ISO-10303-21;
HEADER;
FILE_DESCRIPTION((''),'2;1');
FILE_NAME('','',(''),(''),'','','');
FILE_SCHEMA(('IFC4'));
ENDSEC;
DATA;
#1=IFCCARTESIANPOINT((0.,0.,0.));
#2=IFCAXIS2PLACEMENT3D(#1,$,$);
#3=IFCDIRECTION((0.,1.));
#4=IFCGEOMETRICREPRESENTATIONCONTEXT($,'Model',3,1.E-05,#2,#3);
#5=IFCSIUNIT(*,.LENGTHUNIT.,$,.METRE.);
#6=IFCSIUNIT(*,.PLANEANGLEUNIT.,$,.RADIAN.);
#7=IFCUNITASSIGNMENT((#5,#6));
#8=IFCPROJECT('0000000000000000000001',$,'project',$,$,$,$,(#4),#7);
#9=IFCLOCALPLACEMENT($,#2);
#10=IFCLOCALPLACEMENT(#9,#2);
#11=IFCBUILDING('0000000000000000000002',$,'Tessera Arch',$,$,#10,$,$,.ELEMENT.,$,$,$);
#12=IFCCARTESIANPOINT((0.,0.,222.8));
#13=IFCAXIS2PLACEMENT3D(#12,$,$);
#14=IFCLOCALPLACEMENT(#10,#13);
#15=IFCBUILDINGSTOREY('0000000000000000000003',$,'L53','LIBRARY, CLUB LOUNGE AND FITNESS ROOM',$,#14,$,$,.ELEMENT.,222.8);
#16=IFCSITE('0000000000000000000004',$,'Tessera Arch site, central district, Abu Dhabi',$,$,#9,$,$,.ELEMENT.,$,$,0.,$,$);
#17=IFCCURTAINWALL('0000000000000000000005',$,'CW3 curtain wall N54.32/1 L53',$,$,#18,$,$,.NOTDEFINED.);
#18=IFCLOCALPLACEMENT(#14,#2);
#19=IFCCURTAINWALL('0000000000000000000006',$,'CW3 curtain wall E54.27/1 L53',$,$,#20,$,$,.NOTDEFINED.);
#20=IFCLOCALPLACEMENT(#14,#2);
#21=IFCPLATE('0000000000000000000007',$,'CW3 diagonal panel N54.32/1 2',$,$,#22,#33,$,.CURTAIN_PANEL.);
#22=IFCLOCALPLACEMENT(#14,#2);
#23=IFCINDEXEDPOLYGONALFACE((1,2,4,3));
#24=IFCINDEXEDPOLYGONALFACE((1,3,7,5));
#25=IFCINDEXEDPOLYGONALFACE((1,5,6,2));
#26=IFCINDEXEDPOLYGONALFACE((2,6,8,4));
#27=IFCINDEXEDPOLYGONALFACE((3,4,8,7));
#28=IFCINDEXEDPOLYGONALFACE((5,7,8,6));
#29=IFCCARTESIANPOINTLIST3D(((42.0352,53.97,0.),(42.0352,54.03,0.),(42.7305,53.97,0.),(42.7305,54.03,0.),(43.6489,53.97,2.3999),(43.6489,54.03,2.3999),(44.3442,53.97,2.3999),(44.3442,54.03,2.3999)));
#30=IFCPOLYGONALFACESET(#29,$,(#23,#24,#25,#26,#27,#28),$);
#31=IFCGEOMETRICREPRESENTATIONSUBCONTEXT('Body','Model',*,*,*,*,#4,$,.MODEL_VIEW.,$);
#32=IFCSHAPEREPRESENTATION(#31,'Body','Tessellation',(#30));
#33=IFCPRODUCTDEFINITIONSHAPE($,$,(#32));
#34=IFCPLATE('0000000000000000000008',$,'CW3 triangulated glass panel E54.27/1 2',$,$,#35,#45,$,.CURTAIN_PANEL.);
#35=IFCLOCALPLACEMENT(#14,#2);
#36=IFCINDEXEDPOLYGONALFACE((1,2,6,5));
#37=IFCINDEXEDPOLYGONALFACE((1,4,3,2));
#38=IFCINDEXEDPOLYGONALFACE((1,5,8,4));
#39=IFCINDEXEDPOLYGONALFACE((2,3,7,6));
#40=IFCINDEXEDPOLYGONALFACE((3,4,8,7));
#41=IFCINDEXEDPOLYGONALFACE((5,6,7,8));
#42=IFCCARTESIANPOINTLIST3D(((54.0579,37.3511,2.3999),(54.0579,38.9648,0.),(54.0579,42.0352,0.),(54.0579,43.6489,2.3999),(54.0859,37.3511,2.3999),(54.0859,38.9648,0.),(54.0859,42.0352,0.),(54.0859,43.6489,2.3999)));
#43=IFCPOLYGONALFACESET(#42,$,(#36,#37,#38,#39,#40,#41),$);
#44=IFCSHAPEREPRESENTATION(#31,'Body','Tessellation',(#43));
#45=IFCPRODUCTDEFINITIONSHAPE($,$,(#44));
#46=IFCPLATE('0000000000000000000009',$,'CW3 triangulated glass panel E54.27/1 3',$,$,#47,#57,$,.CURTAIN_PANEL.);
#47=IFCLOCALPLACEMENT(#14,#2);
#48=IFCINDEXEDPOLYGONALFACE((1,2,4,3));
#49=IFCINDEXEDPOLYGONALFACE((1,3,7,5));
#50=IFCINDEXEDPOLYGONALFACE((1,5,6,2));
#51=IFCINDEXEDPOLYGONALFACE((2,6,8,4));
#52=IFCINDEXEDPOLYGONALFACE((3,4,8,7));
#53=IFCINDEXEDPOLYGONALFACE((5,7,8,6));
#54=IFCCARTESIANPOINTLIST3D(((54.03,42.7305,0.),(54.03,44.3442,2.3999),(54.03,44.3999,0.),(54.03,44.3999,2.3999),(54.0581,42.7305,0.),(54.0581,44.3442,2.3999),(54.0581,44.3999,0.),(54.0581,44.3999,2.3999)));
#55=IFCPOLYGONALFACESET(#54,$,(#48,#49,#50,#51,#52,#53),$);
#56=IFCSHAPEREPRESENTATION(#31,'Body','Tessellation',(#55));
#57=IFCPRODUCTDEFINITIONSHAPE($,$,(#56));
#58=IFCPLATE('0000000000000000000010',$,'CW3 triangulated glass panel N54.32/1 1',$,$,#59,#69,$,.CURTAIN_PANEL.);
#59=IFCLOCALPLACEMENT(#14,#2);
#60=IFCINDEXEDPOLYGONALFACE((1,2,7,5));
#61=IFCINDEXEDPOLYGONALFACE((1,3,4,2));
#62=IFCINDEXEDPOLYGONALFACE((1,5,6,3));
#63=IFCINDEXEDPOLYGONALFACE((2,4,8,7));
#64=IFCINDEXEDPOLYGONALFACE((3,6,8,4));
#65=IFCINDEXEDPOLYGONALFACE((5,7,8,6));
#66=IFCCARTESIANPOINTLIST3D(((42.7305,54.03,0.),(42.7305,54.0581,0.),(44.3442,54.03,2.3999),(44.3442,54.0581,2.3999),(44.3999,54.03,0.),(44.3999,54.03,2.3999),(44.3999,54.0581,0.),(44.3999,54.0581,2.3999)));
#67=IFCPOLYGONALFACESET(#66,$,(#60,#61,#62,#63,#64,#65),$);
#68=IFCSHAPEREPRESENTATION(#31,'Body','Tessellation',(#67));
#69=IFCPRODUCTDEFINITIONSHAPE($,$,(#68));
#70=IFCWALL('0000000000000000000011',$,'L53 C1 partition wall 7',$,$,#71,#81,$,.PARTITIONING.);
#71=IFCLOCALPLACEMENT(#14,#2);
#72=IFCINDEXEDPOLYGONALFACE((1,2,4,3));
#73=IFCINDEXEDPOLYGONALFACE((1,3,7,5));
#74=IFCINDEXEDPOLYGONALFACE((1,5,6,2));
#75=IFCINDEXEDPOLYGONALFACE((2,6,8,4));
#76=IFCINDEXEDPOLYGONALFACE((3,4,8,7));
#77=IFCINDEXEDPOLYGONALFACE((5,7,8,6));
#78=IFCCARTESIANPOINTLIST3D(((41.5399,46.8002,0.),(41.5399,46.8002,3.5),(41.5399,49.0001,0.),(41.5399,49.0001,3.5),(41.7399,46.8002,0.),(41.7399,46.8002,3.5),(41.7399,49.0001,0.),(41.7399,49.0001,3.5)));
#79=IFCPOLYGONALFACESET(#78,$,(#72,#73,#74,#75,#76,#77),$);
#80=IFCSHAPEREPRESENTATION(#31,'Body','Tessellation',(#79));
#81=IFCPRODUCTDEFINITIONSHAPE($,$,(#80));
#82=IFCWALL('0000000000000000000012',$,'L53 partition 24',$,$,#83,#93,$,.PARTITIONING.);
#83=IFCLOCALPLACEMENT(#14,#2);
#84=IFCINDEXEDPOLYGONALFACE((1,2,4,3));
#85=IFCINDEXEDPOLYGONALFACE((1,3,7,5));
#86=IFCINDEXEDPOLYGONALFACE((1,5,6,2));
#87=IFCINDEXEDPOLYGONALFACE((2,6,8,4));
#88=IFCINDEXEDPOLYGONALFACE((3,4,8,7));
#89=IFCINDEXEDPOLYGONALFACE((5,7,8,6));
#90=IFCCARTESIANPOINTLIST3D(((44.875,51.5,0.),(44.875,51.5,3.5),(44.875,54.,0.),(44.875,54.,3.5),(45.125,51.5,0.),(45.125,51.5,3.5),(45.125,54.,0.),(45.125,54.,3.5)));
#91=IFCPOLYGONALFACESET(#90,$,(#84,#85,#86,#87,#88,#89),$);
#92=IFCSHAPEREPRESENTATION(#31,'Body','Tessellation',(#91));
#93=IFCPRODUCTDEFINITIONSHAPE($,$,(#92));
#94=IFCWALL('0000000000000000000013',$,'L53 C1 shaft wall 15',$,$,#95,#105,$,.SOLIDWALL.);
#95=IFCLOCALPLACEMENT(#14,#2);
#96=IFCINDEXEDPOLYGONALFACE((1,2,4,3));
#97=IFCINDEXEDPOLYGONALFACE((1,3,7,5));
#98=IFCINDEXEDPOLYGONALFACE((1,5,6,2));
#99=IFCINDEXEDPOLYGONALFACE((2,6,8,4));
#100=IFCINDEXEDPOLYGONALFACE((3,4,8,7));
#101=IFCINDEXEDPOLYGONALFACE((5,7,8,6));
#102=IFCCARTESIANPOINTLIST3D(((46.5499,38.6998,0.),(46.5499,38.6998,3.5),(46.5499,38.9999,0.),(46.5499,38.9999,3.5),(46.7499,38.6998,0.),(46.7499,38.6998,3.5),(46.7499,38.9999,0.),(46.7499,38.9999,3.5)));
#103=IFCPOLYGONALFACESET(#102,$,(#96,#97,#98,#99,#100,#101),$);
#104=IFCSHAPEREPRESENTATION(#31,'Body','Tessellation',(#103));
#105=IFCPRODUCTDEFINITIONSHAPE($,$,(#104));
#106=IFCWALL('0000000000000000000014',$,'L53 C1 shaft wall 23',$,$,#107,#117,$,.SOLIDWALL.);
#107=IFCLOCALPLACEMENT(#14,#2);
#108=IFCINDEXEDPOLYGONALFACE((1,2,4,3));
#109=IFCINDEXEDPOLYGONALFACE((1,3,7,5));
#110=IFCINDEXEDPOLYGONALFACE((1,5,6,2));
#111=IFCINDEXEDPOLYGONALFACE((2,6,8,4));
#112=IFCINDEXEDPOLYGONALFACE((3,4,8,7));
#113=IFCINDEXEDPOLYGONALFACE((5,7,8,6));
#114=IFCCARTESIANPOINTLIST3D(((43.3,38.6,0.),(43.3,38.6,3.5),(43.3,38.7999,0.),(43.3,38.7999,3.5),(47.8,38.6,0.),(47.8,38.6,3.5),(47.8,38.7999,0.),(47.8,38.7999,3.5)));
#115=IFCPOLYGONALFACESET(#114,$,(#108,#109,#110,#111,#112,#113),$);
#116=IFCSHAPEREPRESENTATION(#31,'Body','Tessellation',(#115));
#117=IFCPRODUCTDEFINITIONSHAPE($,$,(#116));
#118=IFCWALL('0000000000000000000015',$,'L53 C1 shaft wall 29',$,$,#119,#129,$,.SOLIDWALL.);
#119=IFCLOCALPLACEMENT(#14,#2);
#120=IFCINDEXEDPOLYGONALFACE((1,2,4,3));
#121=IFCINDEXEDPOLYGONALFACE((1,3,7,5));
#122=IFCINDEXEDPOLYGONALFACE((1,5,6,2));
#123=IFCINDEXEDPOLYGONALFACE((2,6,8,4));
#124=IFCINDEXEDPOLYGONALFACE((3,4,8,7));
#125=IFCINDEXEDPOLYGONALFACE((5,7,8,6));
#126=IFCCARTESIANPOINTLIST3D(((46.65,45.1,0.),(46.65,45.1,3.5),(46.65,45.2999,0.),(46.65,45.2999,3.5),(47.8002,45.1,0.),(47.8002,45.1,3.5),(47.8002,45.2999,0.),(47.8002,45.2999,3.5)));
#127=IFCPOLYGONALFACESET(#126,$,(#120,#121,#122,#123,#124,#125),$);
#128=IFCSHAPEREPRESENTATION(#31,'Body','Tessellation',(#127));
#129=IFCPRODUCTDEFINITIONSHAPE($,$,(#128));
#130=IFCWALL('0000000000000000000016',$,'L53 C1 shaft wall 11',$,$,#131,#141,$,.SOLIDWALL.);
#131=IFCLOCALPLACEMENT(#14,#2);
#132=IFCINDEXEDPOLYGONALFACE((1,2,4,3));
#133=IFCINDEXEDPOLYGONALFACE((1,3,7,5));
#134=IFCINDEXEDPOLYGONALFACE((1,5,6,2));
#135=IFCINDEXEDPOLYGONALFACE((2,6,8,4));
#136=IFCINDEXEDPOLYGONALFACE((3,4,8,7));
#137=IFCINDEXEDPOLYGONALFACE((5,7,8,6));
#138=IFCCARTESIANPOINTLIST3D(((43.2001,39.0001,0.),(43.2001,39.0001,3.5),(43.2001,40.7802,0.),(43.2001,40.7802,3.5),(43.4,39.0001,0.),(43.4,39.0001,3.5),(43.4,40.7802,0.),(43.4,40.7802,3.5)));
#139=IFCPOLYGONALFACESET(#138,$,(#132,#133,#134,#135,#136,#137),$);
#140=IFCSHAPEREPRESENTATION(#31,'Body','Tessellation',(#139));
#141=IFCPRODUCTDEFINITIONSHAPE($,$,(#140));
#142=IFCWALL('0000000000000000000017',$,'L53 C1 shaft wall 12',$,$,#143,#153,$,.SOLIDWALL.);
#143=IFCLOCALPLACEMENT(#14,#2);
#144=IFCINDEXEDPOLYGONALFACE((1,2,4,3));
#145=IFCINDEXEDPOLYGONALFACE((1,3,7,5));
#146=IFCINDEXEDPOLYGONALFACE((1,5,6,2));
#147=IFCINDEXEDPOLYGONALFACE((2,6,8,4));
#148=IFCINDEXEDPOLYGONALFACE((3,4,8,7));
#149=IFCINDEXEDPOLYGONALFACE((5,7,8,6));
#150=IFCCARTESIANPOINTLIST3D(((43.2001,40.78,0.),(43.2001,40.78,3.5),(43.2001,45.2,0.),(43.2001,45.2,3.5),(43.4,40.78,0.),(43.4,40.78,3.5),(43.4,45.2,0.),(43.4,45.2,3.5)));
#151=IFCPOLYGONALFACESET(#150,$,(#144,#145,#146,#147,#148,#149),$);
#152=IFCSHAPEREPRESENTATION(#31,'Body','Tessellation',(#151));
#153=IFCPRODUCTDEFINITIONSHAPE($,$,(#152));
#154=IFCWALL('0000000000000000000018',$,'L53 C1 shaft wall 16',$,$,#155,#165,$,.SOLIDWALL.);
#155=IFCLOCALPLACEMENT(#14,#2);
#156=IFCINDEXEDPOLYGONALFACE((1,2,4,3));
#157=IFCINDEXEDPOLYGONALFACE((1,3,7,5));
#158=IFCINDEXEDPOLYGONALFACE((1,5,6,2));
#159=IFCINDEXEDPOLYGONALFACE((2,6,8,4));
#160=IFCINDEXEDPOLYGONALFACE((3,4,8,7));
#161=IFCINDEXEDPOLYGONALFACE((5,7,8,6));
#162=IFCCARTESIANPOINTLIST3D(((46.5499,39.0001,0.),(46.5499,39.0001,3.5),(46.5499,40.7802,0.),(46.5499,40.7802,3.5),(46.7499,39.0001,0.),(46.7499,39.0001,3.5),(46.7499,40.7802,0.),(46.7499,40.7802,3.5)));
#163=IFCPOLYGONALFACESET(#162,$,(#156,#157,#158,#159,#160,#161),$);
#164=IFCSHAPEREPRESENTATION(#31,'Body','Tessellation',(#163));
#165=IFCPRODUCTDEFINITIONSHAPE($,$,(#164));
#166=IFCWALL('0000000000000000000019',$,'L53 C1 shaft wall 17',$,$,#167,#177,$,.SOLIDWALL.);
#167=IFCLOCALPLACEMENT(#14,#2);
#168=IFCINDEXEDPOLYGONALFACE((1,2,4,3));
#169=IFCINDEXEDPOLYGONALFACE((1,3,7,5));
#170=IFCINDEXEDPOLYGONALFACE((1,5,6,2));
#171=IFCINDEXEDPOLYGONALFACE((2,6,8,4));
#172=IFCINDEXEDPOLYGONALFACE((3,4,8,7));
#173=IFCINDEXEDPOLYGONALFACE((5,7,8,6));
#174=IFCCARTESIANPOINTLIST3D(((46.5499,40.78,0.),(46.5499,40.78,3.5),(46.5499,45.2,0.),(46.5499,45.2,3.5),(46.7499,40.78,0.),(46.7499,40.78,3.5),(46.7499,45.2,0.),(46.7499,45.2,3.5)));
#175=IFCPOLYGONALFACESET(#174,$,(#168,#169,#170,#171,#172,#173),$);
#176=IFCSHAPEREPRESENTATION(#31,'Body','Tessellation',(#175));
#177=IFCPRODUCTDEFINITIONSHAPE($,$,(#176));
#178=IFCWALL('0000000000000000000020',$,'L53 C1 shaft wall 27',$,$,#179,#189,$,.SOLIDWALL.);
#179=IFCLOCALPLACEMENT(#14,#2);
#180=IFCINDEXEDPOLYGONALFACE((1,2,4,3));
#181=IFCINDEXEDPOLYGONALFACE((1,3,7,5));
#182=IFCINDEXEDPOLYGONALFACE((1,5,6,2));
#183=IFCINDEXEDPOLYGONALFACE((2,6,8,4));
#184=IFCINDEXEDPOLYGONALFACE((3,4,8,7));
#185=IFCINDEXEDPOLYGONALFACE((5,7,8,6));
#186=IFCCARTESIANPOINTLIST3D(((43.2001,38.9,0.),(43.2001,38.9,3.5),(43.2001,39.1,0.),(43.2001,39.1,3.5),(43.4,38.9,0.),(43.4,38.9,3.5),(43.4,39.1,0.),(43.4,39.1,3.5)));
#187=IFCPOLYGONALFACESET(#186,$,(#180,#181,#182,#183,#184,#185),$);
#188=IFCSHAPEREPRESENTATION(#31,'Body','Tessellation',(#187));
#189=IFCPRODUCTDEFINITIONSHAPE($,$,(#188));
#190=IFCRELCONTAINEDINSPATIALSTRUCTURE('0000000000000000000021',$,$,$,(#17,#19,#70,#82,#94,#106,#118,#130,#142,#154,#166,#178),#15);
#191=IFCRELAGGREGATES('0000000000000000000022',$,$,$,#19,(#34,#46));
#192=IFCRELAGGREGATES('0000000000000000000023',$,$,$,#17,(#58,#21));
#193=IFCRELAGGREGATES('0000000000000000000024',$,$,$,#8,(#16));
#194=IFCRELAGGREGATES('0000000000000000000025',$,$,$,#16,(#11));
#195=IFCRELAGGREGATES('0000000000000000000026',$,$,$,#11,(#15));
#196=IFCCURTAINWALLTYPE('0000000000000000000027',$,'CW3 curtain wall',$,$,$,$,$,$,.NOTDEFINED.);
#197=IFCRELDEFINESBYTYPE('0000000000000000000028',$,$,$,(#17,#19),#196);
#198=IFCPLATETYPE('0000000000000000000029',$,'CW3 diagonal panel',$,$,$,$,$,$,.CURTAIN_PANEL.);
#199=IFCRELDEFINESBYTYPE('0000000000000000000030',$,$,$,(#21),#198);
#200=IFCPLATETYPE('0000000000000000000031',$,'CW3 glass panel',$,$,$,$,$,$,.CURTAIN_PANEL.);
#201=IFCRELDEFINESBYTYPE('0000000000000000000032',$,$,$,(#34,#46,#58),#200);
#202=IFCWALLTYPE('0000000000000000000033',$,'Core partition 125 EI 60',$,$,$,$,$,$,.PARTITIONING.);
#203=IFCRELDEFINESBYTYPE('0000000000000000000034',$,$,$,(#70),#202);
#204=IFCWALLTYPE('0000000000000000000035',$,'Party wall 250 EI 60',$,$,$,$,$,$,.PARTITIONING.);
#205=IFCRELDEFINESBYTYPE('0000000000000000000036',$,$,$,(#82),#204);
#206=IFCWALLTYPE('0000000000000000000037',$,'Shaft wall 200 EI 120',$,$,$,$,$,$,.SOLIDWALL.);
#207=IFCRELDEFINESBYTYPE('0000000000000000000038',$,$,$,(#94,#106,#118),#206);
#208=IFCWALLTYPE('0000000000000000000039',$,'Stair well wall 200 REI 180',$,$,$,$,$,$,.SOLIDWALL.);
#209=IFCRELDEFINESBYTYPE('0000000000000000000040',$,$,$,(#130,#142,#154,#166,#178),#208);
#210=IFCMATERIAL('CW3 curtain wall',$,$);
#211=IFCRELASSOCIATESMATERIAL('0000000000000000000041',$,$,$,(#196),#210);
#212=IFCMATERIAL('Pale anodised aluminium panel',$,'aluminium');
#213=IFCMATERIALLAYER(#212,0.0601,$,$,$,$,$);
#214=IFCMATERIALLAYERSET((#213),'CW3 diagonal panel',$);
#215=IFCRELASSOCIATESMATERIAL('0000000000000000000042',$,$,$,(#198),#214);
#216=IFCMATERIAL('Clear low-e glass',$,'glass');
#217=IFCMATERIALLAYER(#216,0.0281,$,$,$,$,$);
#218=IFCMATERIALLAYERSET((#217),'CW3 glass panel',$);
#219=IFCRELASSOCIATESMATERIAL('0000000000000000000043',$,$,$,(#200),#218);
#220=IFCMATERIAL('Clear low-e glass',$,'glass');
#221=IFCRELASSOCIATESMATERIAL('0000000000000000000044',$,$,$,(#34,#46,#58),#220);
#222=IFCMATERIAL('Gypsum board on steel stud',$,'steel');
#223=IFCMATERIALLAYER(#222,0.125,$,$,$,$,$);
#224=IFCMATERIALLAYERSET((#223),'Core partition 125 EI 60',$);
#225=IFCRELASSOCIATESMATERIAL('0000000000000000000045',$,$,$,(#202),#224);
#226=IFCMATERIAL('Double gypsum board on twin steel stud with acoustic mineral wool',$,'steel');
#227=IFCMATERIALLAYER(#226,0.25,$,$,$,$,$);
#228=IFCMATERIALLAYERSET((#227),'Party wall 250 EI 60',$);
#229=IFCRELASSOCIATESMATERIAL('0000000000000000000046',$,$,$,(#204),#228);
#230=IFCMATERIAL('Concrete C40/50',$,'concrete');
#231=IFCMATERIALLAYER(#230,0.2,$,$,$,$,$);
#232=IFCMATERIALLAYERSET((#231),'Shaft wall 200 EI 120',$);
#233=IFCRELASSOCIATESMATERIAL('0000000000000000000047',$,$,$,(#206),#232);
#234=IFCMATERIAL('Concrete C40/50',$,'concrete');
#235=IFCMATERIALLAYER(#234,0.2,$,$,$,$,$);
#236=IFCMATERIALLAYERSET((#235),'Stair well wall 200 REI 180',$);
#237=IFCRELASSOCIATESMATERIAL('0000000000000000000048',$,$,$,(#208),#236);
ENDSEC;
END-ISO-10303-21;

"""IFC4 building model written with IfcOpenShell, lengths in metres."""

from ifc_helpers import new_model, si_unit, direction, frame, frame_2d, origin, place, context, subcontext, project, spatial, polyline, rectangle, outline, extrude, material, layer, layer_set, type_object, element, aggregate, save


model = new_model("IFC4")

# Units and contexts
model_context = context("Model", 3, precision=1e-05, world=origin(), true_north=direction((0.0, 1.0)))
body_context = subcontext(model_context, "Body", "Model", "MODEL_VIEW")
ifc_project = project(units=[si_unit("LENGTHUNIT", "METRE"), si_unit("PLANEANGLEUNIT", "RADIAN")], contexts=[model_context])

# Site, building, storey
site_placement = place(None, origin())
site = spatial("IfcSite", under=ifc_project, at=site_placement, Name="Tessera Arch site, central district, Abu Dhabi", CompositionType="ELEMENT", RefElevation=0.0)
building_placement = place(site_placement, origin())
building = spatial("IfcBuilding", under=site, at=building_placement, Name="Tessera Arch", CompositionType="ELEMENT")
storey_placement = place(building_placement, frame((0.0, 0.0, 222.8)))
storey = spatial("IfcBuildingStorey", under=building, at=storey_placement, Name="L53", Description="LIBRARY, CLUB LOUNGE AND FITNESS ROOM", CompositionType="ELEMENT", Elevation=222.8)

# Curtain wall
ifc_material_1 = material(Name="CW3 curtain wall")
curtain_wall_type_1 = type_object("IfcCurtainWallType", Name="CW3 curtain wall", PredefinedType="NOTDEFINED", material=ifc_material_1)
curtain_wall_1_placement = place(storey_placement, origin())
curtain_wall_1 = element("IfcCurtainWall", 1, at=curtain_wall_1_placement, inside=storey, type_object=curtain_wall_type_1, Name="CW3 curtain wall N54.32/1 L53", PredefinedType="NOTDEFINED")

# Shared definitions
ifc_material_2 = material(Name="Clear low-e glass", Category="glass")

# Curtain wall
curtain_wall_2_placement = place(storey_placement, origin())
curtain_wall_2 = element("IfcCurtainWall", 2, at=curtain_wall_2_placement, inside=storey, type_object=curtain_wall_type_1, Name="CW3 curtain wall E54.27/1 L53", PredefinedType="NOTDEFINED")
ifc_material_3 = material(Name="Pale anodised aluminium panel", Category="aluminium")
ifc_layer_1 = layer(ifc_material_3, 0.0601)
ifc_layer_set_1 = layer_set([ifc_layer_1], Name="CW3 diagonal panel")
plate_type_1 = type_object("IfcPlateType", Name="CW3 diagonal panel", PredefinedType="CURTAIN_PANEL", material=ifc_layer_set_1)

# Plates
plate_1_placement = place(storey_placement, frame((43.6489, 54.03, 2.3999), z_axis=(0.0, 1.0, 0.0), x_axis=(1.0, 0.0, 0.0)))
plate_1 = element("IfcPlate", 3, at=plate_1_placement, type_object=plate_type_1, Name="CW3 diagonal panel N54.32/1 2", PredefinedType="CURTAIN_PANEL", context=body_context, shape_type="SweptSolid", body=[
    extrude(outline(polyline([(0.0, 0.0), (0.6953, 0.0), (-0.9185, 2.3999), (-1.6138, 2.3999), (0.0, 0.0)])), origin(), (0.0, 0.0, -1.0), 0.0601),
])
ifc_material_4 = material(Name="Clear low-e glass", Category="glass")
ifc_layer_2 = layer(ifc_material_4, 0.0281)
ifc_layer_set_2 = layer_set([ifc_layer_2], Name="CW3 glass panel")
plate_type_2 = type_object("IfcPlateType", Name="CW3 glass panel", PredefinedType="CURTAIN_PANEL", material=ifc_layer_set_2)
plate_2_placement = place(storey_placement, frame((54.0859, 43.6489, 2.3999), z_axis=(1.0, 0.0, 0.0), x_axis=(0.0, -1.0, 0.0)))
plate_2 = element("IfcPlate", 4, at=plate_2_placement, type_object=plate_type_2, material=ifc_material_2, Name="CW3 triangulated glass panel E54.27/1 2", PredefinedType="CURTAIN_PANEL", context=body_context, shape_type="SweptSolid", body=[
    extrude(outline(polyline([(0.0, 0.0), (6.2979, 0.0), (4.6841, 2.3999), (1.6138, 2.3999), (0.0, 0.0)])), origin(), (0.0, 0.0, -1.0), 0.0281),
])
plate_3_placement = place(storey_placement, frame((54.0581, 44.3999, 2.3999), z_axis=(1.0, 0.0, 0.0), x_axis=(0.0, -1.0, 0.0)))
plate_3 = element("IfcPlate", 5, at=plate_3_placement, type_object=plate_type_2, material=ifc_material_2, Name="CW3 triangulated glass panel E54.27/1 3", PredefinedType="CURTAIN_PANEL", context=body_context, shape_type="SweptSolid", body=[
    extrude(outline(polyline([(0.0, 0.0), (0.0557, 0.0), (1.6694, 2.3999), (0.0, 2.3999), (0.0, 0.0)])), origin(), (0.0, 0.0, -1.0), 0.0281),
])
aggregate(curtain_wall_2, [plate_2, plate_3])
plate_4_placement = place(storey_placement, frame((44.3999, 54.0581, 0.0), z_axis=(0.0, 1.0, 0.0), x_axis=(-1.0, 0.0, 0.0)))
plate_4 = element("IfcPlate", 6, at=plate_4_placement, type_object=plate_type_2, material=ifc_material_2, Name="CW3 triangulated glass panel N54.32/1 1", PredefinedType="CURTAIN_PANEL", context=body_context, shape_type="SweptSolid", body=[
    extrude(outline(polyline([(0.0, 0.0), (1.6694, 0.0), (0.0557, 2.3999), (0.0, 2.3999), (0.0, 0.0)])), origin(), (0.0, 0.0, -1.0), 0.0281),
])
aggregate(curtain_wall_1, [plate_4, plate_1])

# Walls
ifc_material_5 = material(Name="Gypsum board on steel stud", Category="steel")
ifc_layer_3 = layer(ifc_material_5, 0.125)
ifc_layer_set_3 = layer_set([ifc_layer_3], Name="Core partition 125 EI 60")
wall_type_1 = type_object("IfcWallType", Name="Core partition 125 EI 60", PredefinedType="PARTITIONING", material=ifc_layer_set_3)
wall_1_placement = place(storey_placement, frame((41.6399, 46.8, 0.0), z_axis=(0.0, 0.0, 1.0), x_axis=(0.0, 1.0, 0.0)))
element("IfcWall", 7, at=wall_1_placement, inside=storey, type_object=wall_type_1, Name="L53 C1 partition wall 7", PredefinedType="PARTITIONING", context=body_context, shape_type="SweptSolid", body=[
    extrude(rectangle(XDim=2.2, YDim=0.2, at=frame_2d((1.1001, 0.0))), origin(), (0.0, 0.0, 1.0), 3.5),
])
ifc_material_6 = material(Name="Double gypsum board on twin steel stud with acoustic mineral wool", Category="steel")
ifc_layer_4 = layer(ifc_material_6, 0.25)
ifc_layer_set_4 = layer_set([ifc_layer_4], Name="Party wall 250 EI 60")
wall_type_2 = type_object("IfcWallType", Name="Party wall 250 EI 60", PredefinedType="PARTITIONING", material=ifc_layer_set_4)
wall_2_placement = place(storey_placement, frame((45.0, 51.5, 0.0), z_axis=(0.0, 0.0, 1.0), x_axis=(0.0, 1.0, 0.0)))
element("IfcWall", 8, at=wall_2_placement, inside=storey, type_object=wall_type_2, Name="L53 partition 24", PredefinedType="PARTITIONING", context=body_context, shape_type="SweptSolid", body=[
    extrude(rectangle(XDim=2.5, YDim=0.25, at=frame_2d((1.25, 0.0))), origin(), (0.0, 0.0, 1.0), 3.5),
])
ifc_material_7 = material(Name="Concrete C40/50", Category="concrete")
ifc_layer_5 = layer(ifc_material_7, 0.2)
ifc_layer_set_5 = layer_set([ifc_layer_5], Name="Shaft wall 200 EI 120")
wall_type_3 = type_object("IfcWallType", Name="Shaft wall 200 EI 120", PredefinedType="SOLIDWALL", material=ifc_layer_set_5)
wall_3_placement = place(storey_placement, frame((46.6499, 38.7, 0.0), z_axis=(0.0, 0.0, 1.0), x_axis=(0.0, 1.0, 0.0)))
element("IfcWall", 9, at=wall_3_placement, inside=storey, type_object=wall_type_3, Name="L53 C1 shaft wall 15", PredefinedType="SOLIDWALL", context=body_context, shape_type="SweptSolid", body=[
    extrude(rectangle(XDim=0.3, YDim=0.2, at=frame_2d((0.1499, 0.0))), origin(), (0.0, 0.0, 1.0), 3.5),
])
wall_4_placement = place(storey_placement, frame((43.3, 38.7, 0.0), z_axis=(0.0, 0.0, 1.0), x_axis=(1.0, 0.0, 0.0)))
element("IfcWall", 10, at=wall_4_placement, inside=storey, type_object=wall_type_3, Name="L53 C1 shaft wall 23", PredefinedType="SOLIDWALL", context=body_context, shape_type="SweptSolid", body=[
    extrude(rectangle(XDim=4.5, YDim=0.2, at=frame_2d((2.25, 0.0))), origin(), (0.0, 0.0, 1.0), 3.5),
])
wall_5_placement = place(storey_placement, frame((46.6499, 45.2, 0.0), z_axis=(0.0, 0.0, 1.0), x_axis=(1.0, 0.0, 0.0)))
element("IfcWall", 11, at=wall_5_placement, inside=storey, type_object=wall_type_3, Name="L53 C1 shaft wall 29", PredefinedType="SOLIDWALL", context=body_context, shape_type="SweptSolid", body=[
    extrude(rectangle(XDim=1.1501, YDim=0.2, at=frame_2d((0.5752, 0.0))), origin(), (0.0, 0.0, 1.0), 3.5),
])
ifc_material_8 = material(Name="Concrete C40/50", Category="concrete")
ifc_layer_6 = layer(ifc_material_8, 0.2)
ifc_layer_set_6 = layer_set([ifc_layer_6], Name="Stair well wall 200 REI 180")
wall_type_4 = type_object("IfcWallType", Name="Stair well wall 200 REI 180", PredefinedType="SOLIDWALL", material=ifc_layer_set_6)
wall_6_placement = place(storey_placement, frame((43.3, 39.0, 0.0), z_axis=(0.0, 0.0, 1.0), x_axis=(0.0, 1.0, 0.0)))
element("IfcWall", 12, at=wall_6_placement, inside=storey, type_object=wall_type_4, Name="L53 C1 shaft wall 11", PredefinedType="SOLIDWALL", context=body_context, shape_type="SweptSolid", body=[
    extrude(rectangle(XDim=1.78, YDim=0.2, at=frame_2d((0.8901, 0.0))), origin(), (0.0, 0.0, 1.0), 3.5),
])
wall_7_placement = place(storey_placement, frame((43.3, 40.78, 0.0), z_axis=(0.0, 0.0, 1.0), x_axis=(0.0, 1.0, 0.0)))
element("IfcWall", 13, at=wall_7_placement, inside=storey, type_object=wall_type_4, Name="L53 C1 shaft wall 12", PredefinedType="SOLIDWALL", context=body_context, shape_type="SweptSolid", body=[
    extrude(rectangle(XDim=4.4199, YDim=0.2, at=frame_2d((2.21, 0.0))), origin(), (0.0, 0.0, 1.0), 3.5),
])
wall_8_placement = place(storey_placement, frame((46.6499, 39.0, 0.0), z_axis=(0.0, 0.0, 1.0), x_axis=(0.0, 1.0, 0.0)))
element("IfcWall", 14, at=wall_8_placement, inside=storey, type_object=wall_type_4, Name="L53 C1 shaft wall 16", PredefinedType="SOLIDWALL", context=body_context, shape_type="SweptSolid", body=[
    extrude(rectangle(XDim=1.78, YDim=0.2, at=frame_2d((0.8901, 0.0))), origin(), (0.0, 0.0, 1.0), 3.5),
])
wall_9_placement = place(storey_placement, frame((46.6499, 40.78, 0.0), z_axis=(0.0, 0.0, 1.0), x_axis=(0.0, 1.0, 0.0)))
element("IfcWall", 15, at=wall_9_placement, inside=storey, type_object=wall_type_4, Name="L53 C1 shaft wall 17", PredefinedType="SOLIDWALL", context=body_context, shape_type="SweptSolid", body=[
    extrude(rectangle(XDim=4.4199, YDim=0.2, at=frame_2d((2.21, 0.0))), origin(), (0.0, 0.0, 1.0), 3.5),
])
wall_10_placement = place(storey_placement, frame((43.2, 39.0, 0.0), z_axis=(0.0, 0.0, 1.0), x_axis=(1.0, 0.0, 0.0)))
element("IfcWall", 16, at=wall_10_placement, inside=storey, type_object=wall_type_4, Name="L53 C1 shaft wall 27", PredefinedType="SOLIDWALL", context=body_context, shape_type="SweptSolid", body=[
    extrude(rectangle(XDim=0.2, YDim=0.2, at=frame_2d((0.1001, 0.0))), origin(), (0.0, 0.0, 1.0), 3.5),
])

save(model, "model.ifc")
